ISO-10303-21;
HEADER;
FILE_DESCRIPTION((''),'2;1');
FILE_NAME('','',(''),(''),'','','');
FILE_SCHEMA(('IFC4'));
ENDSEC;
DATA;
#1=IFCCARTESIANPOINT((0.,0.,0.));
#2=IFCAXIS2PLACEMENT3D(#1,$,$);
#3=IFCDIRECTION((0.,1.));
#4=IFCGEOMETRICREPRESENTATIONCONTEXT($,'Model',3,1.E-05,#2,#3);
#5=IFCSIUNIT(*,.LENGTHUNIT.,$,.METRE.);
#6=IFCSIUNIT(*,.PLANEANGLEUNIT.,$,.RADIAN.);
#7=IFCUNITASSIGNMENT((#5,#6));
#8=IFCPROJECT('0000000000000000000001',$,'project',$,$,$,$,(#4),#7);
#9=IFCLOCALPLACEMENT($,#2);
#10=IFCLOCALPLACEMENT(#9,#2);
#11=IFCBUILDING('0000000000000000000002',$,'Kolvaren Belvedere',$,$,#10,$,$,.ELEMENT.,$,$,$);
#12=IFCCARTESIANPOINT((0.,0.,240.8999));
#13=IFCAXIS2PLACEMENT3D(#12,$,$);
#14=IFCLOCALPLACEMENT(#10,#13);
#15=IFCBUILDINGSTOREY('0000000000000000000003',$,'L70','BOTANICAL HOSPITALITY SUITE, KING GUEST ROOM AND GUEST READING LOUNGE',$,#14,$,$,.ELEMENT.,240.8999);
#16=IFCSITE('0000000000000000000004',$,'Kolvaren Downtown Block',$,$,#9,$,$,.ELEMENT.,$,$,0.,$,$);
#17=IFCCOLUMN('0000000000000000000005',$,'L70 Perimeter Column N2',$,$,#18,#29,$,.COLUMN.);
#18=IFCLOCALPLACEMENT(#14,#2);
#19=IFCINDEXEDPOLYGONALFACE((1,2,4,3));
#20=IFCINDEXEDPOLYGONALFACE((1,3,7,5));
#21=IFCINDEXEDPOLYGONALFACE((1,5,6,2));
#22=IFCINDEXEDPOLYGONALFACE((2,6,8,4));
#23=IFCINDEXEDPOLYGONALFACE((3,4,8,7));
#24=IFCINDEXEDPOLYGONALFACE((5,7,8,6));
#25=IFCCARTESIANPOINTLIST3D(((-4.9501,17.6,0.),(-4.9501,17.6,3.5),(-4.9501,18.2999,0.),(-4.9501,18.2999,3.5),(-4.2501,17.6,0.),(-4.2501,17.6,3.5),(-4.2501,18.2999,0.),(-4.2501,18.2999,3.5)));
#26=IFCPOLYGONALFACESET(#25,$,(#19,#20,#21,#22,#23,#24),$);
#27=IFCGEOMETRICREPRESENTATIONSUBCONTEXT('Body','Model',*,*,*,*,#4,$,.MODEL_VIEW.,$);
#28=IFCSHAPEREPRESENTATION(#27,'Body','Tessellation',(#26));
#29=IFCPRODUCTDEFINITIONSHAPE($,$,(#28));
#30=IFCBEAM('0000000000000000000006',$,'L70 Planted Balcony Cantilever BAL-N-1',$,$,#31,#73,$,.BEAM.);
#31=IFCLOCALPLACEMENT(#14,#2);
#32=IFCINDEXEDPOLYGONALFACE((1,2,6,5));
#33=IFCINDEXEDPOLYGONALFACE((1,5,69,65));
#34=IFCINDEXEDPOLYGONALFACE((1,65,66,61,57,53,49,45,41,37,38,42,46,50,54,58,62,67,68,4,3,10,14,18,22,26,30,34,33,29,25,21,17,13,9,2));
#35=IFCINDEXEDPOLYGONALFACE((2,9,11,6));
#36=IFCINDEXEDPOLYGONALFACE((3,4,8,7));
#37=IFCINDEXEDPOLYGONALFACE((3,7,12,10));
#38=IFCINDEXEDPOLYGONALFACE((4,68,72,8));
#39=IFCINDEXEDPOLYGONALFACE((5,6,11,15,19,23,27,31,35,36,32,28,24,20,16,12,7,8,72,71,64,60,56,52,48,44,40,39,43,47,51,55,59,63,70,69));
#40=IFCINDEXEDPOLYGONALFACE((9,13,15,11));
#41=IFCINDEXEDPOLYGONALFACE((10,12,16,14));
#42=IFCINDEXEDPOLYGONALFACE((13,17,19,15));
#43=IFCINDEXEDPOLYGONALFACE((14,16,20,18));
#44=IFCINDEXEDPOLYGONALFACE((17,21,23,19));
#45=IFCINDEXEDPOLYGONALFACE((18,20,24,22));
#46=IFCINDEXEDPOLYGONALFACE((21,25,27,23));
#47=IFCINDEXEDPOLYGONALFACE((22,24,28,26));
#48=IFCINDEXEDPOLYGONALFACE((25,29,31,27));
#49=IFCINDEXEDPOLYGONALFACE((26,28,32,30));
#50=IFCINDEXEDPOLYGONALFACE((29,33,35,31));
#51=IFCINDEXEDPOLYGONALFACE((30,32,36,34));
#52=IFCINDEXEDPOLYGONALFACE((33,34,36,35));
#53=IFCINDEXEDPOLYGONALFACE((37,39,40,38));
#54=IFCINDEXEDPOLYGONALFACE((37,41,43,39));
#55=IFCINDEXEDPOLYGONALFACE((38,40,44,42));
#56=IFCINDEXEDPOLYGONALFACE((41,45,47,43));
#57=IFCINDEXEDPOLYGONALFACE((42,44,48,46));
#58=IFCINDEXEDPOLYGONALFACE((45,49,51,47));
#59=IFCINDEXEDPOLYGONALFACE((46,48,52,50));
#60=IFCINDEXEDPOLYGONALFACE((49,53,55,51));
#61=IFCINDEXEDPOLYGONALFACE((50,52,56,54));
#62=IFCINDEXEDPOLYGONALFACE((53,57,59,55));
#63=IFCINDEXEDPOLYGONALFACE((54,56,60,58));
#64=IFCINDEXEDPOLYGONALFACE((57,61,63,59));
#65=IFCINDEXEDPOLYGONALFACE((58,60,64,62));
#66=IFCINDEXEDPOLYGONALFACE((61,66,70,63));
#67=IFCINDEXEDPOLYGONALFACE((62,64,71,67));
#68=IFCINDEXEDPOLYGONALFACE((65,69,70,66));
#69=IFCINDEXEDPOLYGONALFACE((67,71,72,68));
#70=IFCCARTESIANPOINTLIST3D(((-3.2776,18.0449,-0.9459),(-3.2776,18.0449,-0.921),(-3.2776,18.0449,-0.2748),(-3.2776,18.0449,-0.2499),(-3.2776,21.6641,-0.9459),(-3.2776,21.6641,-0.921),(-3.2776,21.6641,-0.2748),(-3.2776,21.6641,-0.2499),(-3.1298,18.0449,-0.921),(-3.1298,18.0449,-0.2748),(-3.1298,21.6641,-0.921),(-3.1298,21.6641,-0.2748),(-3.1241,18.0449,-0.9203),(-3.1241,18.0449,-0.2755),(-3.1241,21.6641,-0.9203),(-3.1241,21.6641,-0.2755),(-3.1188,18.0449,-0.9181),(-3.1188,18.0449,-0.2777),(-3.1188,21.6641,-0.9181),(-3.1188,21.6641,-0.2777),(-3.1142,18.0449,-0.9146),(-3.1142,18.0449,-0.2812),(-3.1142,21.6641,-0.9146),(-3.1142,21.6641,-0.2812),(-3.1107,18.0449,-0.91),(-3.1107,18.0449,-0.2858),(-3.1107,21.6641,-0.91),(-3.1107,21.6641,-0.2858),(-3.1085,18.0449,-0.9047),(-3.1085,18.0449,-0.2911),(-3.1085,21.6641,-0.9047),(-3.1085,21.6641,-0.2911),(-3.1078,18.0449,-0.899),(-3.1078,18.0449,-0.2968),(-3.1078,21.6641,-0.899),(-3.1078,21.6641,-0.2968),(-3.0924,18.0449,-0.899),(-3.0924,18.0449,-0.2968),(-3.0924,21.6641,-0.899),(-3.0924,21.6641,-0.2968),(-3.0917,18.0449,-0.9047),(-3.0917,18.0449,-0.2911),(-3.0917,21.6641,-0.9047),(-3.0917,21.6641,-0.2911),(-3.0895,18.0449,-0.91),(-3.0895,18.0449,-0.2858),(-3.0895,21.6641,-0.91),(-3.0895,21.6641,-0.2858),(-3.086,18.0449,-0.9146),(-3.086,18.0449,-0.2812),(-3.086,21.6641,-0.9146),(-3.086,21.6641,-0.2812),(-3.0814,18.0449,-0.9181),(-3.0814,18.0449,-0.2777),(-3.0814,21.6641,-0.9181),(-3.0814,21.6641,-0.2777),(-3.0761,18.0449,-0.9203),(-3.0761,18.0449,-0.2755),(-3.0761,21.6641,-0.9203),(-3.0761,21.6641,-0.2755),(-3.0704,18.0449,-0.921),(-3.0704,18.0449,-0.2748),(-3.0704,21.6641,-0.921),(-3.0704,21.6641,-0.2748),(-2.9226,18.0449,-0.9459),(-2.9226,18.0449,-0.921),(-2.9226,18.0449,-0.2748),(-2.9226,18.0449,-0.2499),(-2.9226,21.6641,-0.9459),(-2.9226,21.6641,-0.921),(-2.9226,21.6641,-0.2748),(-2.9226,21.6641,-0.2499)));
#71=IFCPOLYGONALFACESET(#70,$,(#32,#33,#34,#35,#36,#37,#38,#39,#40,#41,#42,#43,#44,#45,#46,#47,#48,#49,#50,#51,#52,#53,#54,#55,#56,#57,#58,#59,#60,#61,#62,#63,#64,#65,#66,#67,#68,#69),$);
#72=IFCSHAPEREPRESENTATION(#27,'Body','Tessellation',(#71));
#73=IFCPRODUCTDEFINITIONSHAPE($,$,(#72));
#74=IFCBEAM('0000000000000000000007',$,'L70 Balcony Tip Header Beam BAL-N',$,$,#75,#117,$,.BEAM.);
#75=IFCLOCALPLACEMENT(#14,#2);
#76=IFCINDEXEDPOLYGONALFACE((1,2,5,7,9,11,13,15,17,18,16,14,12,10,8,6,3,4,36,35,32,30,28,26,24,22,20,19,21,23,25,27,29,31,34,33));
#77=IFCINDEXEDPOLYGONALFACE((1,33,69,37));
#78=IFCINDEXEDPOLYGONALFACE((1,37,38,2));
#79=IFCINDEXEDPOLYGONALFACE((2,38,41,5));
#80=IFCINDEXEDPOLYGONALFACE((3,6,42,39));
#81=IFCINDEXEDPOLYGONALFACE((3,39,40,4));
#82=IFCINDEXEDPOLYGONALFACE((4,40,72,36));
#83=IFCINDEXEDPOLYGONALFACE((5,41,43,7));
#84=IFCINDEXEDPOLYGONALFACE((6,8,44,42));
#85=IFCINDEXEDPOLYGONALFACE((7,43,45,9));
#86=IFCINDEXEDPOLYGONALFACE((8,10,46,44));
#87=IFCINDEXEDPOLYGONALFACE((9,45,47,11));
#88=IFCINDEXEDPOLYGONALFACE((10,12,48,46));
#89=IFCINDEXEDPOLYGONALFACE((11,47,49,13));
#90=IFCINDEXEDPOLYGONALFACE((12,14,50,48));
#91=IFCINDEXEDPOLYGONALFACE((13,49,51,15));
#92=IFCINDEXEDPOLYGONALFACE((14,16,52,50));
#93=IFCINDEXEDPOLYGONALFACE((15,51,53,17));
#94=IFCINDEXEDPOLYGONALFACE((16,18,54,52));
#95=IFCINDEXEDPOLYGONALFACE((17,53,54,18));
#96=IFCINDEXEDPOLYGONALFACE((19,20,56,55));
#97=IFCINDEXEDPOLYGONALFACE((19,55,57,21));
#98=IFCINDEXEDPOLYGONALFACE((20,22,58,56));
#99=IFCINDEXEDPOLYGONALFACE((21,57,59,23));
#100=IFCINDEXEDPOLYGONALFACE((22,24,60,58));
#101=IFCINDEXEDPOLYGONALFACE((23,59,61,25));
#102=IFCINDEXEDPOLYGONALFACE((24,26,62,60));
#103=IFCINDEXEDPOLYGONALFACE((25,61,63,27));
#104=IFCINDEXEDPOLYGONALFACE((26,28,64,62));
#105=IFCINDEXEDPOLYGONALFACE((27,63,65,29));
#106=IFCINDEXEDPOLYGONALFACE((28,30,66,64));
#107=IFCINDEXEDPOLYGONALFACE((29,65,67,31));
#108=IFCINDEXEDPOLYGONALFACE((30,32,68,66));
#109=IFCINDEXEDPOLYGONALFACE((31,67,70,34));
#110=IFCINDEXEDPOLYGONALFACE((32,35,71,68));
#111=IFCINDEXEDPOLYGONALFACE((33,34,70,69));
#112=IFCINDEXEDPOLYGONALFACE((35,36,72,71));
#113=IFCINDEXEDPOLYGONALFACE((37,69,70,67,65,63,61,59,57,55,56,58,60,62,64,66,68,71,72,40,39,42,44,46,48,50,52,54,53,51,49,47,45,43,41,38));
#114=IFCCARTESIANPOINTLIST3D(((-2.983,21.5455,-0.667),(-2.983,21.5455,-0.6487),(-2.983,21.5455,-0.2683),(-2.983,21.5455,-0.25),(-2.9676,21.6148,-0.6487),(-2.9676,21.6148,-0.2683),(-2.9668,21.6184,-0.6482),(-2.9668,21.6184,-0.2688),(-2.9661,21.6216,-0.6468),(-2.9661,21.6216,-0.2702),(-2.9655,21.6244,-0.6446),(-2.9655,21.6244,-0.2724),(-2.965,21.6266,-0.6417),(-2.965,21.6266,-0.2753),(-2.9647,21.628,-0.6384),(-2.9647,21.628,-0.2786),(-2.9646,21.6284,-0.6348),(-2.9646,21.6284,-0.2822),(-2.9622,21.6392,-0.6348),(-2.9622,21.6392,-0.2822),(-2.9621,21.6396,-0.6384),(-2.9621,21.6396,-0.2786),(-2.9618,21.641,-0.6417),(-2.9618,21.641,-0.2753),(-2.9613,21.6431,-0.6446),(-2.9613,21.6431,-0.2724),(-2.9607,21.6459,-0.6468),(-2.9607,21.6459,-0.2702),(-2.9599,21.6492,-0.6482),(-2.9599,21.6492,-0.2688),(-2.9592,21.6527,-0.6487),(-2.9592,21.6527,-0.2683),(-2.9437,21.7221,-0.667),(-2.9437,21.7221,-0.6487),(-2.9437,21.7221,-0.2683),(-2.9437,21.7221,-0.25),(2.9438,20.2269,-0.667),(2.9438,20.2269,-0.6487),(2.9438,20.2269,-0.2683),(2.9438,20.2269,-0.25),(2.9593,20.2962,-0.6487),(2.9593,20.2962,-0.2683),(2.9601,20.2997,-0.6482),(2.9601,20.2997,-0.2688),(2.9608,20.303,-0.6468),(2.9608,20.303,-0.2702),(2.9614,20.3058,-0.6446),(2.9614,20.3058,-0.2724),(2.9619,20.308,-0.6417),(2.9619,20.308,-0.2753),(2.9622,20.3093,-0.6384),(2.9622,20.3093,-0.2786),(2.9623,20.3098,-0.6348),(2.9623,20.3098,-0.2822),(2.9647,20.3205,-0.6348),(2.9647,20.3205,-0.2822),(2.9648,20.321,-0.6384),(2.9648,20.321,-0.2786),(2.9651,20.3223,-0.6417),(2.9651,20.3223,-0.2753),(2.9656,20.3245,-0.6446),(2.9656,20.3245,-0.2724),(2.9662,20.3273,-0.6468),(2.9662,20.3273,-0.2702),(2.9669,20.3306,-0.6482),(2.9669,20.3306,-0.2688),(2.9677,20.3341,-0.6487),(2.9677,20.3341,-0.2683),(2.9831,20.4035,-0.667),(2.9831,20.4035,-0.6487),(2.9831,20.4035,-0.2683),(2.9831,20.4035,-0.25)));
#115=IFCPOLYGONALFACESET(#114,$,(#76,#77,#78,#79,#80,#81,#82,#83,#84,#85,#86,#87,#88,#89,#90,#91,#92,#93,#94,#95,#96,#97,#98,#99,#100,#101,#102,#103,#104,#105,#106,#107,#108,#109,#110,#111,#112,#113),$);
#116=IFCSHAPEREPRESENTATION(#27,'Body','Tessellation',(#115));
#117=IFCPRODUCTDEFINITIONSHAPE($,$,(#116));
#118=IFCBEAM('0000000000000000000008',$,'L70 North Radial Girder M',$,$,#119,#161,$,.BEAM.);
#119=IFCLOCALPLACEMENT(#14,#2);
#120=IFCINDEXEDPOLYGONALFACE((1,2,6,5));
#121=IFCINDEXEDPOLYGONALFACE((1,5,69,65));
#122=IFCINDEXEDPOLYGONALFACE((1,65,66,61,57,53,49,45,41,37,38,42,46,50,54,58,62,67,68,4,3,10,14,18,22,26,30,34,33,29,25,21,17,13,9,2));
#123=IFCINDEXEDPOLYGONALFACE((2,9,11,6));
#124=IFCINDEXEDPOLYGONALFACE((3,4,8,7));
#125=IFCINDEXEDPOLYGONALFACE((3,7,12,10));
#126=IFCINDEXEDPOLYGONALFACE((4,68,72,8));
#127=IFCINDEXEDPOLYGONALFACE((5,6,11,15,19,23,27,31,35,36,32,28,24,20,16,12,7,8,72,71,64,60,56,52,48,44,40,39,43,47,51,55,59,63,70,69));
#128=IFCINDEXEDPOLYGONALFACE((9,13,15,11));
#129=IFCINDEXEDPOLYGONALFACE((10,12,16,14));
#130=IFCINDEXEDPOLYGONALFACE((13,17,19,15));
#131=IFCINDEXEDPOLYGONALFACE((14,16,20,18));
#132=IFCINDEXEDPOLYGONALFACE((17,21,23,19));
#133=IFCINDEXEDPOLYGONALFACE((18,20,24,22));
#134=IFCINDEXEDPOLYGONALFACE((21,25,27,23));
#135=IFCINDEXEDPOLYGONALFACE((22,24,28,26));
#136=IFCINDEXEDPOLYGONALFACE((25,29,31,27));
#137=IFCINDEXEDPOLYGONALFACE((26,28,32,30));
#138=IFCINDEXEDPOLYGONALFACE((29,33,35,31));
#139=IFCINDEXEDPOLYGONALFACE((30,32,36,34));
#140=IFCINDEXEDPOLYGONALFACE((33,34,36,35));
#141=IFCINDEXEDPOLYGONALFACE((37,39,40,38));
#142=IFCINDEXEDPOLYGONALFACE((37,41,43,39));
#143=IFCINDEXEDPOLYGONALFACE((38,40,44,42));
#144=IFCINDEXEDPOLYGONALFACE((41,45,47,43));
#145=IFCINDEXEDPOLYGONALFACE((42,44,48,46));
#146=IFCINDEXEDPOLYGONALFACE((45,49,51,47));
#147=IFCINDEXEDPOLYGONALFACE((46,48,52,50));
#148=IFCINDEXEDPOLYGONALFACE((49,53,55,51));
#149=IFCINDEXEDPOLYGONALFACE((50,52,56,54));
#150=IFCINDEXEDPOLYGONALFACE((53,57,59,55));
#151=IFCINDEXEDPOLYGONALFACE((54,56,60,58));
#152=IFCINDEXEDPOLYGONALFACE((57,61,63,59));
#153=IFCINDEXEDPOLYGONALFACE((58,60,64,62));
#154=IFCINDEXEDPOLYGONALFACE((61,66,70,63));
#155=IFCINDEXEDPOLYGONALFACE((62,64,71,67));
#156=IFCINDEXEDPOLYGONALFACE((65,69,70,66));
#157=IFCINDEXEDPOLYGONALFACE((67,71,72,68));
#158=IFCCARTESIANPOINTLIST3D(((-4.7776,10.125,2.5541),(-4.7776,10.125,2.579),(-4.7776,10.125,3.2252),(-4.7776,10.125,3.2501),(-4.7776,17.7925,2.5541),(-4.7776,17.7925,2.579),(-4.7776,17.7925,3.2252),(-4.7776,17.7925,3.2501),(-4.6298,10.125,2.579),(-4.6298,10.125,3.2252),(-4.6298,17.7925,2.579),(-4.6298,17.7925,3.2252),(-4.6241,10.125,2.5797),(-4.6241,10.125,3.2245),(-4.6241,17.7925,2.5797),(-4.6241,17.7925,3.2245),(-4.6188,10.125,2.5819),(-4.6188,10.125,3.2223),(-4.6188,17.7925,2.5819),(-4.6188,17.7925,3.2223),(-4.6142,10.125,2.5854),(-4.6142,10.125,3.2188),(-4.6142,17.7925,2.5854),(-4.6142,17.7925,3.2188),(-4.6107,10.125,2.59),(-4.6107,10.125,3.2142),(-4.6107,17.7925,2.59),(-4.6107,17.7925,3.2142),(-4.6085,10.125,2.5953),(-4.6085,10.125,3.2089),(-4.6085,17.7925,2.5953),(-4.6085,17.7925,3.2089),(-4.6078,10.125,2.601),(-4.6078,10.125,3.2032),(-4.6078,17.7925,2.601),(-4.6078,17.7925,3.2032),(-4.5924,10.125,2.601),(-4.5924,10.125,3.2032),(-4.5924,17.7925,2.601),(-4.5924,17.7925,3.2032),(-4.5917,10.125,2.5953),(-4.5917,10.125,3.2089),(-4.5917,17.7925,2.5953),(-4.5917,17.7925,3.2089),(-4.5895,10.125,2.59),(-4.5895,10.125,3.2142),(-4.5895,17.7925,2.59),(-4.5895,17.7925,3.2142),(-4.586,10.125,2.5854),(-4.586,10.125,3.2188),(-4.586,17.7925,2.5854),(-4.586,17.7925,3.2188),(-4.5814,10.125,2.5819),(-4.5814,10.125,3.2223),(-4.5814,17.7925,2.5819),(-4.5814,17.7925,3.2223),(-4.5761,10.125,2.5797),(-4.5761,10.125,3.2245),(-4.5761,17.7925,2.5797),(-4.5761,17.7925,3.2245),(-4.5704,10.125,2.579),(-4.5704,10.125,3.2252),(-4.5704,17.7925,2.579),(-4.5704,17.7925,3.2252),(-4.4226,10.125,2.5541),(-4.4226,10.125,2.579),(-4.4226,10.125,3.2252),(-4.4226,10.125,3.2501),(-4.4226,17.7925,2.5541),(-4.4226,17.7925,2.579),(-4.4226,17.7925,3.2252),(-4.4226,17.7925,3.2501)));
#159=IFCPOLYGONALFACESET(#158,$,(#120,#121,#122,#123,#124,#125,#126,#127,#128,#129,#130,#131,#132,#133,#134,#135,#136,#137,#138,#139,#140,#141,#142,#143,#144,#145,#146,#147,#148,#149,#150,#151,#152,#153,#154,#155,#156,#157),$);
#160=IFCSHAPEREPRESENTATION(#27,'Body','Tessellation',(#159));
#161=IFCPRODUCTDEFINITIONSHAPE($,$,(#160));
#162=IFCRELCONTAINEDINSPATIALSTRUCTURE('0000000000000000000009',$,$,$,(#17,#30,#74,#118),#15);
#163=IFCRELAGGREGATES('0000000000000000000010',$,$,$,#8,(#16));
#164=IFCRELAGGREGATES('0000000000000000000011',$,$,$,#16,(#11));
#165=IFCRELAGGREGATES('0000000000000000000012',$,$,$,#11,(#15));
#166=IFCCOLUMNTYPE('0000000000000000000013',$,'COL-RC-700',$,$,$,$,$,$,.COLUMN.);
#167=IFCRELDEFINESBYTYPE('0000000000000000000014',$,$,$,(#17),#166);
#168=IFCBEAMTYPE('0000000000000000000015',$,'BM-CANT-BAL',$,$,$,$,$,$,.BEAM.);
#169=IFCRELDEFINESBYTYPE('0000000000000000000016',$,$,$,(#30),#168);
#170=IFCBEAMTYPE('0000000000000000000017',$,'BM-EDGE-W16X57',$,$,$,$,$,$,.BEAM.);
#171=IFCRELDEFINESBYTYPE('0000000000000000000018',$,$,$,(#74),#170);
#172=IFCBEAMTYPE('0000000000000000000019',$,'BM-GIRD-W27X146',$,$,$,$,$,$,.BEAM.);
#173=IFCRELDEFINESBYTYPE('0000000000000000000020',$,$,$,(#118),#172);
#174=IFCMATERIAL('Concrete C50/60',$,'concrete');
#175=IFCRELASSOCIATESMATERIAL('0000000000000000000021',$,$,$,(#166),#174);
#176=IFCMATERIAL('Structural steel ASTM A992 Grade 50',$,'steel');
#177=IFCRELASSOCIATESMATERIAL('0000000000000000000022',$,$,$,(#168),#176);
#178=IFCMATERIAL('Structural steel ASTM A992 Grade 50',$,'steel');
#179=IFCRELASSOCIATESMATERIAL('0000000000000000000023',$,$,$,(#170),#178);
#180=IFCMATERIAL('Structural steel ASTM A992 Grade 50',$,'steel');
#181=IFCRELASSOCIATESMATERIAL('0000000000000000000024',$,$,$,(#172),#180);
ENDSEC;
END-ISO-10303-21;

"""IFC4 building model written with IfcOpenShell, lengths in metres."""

from ifc_helpers import new_model, si_unit, direction, frame, origin, origin_2d, place, context, subcontext, project, spatial, rectangle, i_section, extrude, material, material_profile, profile_set, type_object, element, save


model = new_model("IFC4")

# Units and contexts
model_context = context("Model", 3, precision=1e-05, world=origin(), true_north=direction((0.0, 1.0)))
body_context = subcontext(model_context, "Body", "Model", "MODEL_VIEW")
ifc_project = project(units=[si_unit("LENGTHUNIT", "METRE"), si_unit("PLANEANGLEUNIT", "RADIAN")], contexts=[model_context])

# Site, building, storey
site_placement = place(None, origin())
site = spatial("IfcSite", under=ifc_project, at=site_placement, Name="Kolvaren Downtown Block", CompositionType="ELEMENT", RefElevation=0.0)
building_placement = place(site_placement, origin())
building = spatial("IfcBuilding", under=site, at=building_placement, Name="Kolvaren Belvedere", CompositionType="ELEMENT")
storey_placement = place(building_placement, frame((0.0, 0.0, 240.8999)))
storey = spatial("IfcBuildingStorey", under=building, at=storey_placement, Name="L70", Description="BOTANICAL HOSPITALITY SUITE, KING GUEST ROOM AND GUEST READING LOUNGE", CompositionType="ELEMENT", Elevation=240.8999)

# Column
ifc_material_1 = material(Name="Concrete C50/60", Category="concrete")
ifc_material_profile_1 = material_profile(ifc_material_1, rectangle(XDim=0.7, YDim=0.7, at=origin_2d()), Name="RC 700X700")
ifc_profile_set_1 = profile_set([ifc_material_profile_1], Name="Concrete C50/60")
column_type = type_object("IfcColumnType", Name="COL-RC-700", PredefinedType="COLUMN", material=ifc_profile_set_1)
column_placement = place(storey_placement, frame((-4.6001, 17.95, 0.0), z_axis=(0.0, 0.0, 1.0), x_axis=(1.0, 0.0, 0.0)))
element("IfcColumn", 1, at=column_placement, inside=storey, type_object=column_type, Name="L70 Perimeter Column N2", PredefinedType="COLUMN", context=body_context, shape_type="SweptSolid", body=[
    extrude(rectangle(XDim=0.7, YDim=0.7, at=origin_2d()), origin(), (0.0, 0.0, 1.0), 3.5),
])

# Beams
ifc_material_2 = material(Name="Structural steel ASTM A992 Grade 50", Category="steel")
ifc_material_profile_2 = material_profile(ifc_material_2, i_section(OverallWidth=0.355, OverallDepth=0.696, WebThickness=0.0154, FlangeThickness=0.0249, FilletRadius=0.022, at=origin_2d()), Name="W27X146")
ifc_profile_set_2 = profile_set([ifc_material_profile_2], Name="Structural steel ASTM A992 Grade 50")
beam_type_1 = type_object("IfcBeamType", Name="BM-CANT-BAL", PredefinedType="BEAM", material=ifc_profile_set_2)
beam_1_placement = place(storey_placement, frame((-3.1001, 18.0449, -0.5979), z_axis=(0.0, 1.0, 0.0), x_axis=(-1.0, 0.0, 0.0)))
element("IfcBeam", 2, at=beam_1_placement, inside=storey, type_object=beam_type_1, Name="L70 Planted Balcony Cantilever BAL-N-1", PredefinedType="BEAM", context=body_context, shape_type="SweptSolid", body=[
    extrude(i_section(OverallWidth=0.355, OverallDepth=0.696, WebThickness=0.0154, FlangeThickness=0.0249, FilletRadius=0.022, at=origin_2d()), origin(), (0.0, 0.0, 1.0), 3.6191),
])
ifc_material_3 = material(Name="Structural steel ASTM A992 Grade 50", Category="steel")
ifc_material_profile_3 = material_profile(ifc_material_3, i_section(OverallWidth=0.1809, OverallDepth=0.417, WebThickness=0.011, FlangeThickness=0.0183, FilletRadius=0.0139, at=origin_2d()), Name="W16X57")
ifc_profile_set_3 = profile_set([ifc_material_profile_3], Name="Structural steel ASTM A992 Grade 50")
beam_type_2 = type_object("IfcBeamType", Name="BM-EDGE-W16X57", PredefinedType="BEAM", material=ifc_profile_set_3)
beam_2_placement = place(storey_placement, frame((-2.9634, 21.6338, -0.4585), z_axis=(0.976133, -0.217173, 0.0), x_axis=(0.217173, 0.976133, 0.0)))
element("IfcBeam", 3, at=beam_2_placement, inside=storey, type_object=beam_type_2, Name="L70 Balcony Tip Header Beam BAL-N", PredefinedType="BEAM", context=body_context, shape_type="SweptSolid", body=[
    extrude(i_section(OverallWidth=0.1809, OverallDepth=0.417, WebThickness=0.011, FlangeThickness=0.0183, FilletRadius=0.0139, at=origin_2d()), origin(), (0.0, 0.0, 1.0), 6.0718),
])
ifc_material_4 = material(Name="Structural steel ASTM A992 Grade 50", Category="steel")
ifc_material_profile_4 = material_profile(ifc_material_4, i_section(OverallWidth=0.355, OverallDepth=0.696, WebThickness=0.0154, FlangeThickness=0.0249, FilletRadius=0.022, at=origin_2d()), Name="W27X146")
ifc_profile_set_4 = profile_set([ifc_material_profile_4], Name="Structural steel ASTM A992 Grade 50")
beam_type_3 = type_object("IfcBeamType", Name="BM-GIRD-W27X146", PredefinedType="BEAM", material=ifc_profile_set_4)
beam_3_placement = place(storey_placement, frame((-4.6001, 10.125, 2.9021), z_axis=(0.0, 1.0, 0.0), x_axis=(-1.0, 0.0, 0.0)))
element("IfcBeam", 4, at=beam_3_placement, inside=storey, type_object=beam_type_3, Name="L70 North Radial Girder M", PredefinedType="BEAM", context=body_context, shape_type="SweptSolid", body=[
    extrude(i_section(OverallWidth=0.355, OverallDepth=0.696, WebThickness=0.0154, FlangeThickness=0.0249, FilletRadius=0.022, at=origin_2d()), origin(), (0.0, 0.0, 1.0), 7.6675),
])

save(model, "model.ifc")
